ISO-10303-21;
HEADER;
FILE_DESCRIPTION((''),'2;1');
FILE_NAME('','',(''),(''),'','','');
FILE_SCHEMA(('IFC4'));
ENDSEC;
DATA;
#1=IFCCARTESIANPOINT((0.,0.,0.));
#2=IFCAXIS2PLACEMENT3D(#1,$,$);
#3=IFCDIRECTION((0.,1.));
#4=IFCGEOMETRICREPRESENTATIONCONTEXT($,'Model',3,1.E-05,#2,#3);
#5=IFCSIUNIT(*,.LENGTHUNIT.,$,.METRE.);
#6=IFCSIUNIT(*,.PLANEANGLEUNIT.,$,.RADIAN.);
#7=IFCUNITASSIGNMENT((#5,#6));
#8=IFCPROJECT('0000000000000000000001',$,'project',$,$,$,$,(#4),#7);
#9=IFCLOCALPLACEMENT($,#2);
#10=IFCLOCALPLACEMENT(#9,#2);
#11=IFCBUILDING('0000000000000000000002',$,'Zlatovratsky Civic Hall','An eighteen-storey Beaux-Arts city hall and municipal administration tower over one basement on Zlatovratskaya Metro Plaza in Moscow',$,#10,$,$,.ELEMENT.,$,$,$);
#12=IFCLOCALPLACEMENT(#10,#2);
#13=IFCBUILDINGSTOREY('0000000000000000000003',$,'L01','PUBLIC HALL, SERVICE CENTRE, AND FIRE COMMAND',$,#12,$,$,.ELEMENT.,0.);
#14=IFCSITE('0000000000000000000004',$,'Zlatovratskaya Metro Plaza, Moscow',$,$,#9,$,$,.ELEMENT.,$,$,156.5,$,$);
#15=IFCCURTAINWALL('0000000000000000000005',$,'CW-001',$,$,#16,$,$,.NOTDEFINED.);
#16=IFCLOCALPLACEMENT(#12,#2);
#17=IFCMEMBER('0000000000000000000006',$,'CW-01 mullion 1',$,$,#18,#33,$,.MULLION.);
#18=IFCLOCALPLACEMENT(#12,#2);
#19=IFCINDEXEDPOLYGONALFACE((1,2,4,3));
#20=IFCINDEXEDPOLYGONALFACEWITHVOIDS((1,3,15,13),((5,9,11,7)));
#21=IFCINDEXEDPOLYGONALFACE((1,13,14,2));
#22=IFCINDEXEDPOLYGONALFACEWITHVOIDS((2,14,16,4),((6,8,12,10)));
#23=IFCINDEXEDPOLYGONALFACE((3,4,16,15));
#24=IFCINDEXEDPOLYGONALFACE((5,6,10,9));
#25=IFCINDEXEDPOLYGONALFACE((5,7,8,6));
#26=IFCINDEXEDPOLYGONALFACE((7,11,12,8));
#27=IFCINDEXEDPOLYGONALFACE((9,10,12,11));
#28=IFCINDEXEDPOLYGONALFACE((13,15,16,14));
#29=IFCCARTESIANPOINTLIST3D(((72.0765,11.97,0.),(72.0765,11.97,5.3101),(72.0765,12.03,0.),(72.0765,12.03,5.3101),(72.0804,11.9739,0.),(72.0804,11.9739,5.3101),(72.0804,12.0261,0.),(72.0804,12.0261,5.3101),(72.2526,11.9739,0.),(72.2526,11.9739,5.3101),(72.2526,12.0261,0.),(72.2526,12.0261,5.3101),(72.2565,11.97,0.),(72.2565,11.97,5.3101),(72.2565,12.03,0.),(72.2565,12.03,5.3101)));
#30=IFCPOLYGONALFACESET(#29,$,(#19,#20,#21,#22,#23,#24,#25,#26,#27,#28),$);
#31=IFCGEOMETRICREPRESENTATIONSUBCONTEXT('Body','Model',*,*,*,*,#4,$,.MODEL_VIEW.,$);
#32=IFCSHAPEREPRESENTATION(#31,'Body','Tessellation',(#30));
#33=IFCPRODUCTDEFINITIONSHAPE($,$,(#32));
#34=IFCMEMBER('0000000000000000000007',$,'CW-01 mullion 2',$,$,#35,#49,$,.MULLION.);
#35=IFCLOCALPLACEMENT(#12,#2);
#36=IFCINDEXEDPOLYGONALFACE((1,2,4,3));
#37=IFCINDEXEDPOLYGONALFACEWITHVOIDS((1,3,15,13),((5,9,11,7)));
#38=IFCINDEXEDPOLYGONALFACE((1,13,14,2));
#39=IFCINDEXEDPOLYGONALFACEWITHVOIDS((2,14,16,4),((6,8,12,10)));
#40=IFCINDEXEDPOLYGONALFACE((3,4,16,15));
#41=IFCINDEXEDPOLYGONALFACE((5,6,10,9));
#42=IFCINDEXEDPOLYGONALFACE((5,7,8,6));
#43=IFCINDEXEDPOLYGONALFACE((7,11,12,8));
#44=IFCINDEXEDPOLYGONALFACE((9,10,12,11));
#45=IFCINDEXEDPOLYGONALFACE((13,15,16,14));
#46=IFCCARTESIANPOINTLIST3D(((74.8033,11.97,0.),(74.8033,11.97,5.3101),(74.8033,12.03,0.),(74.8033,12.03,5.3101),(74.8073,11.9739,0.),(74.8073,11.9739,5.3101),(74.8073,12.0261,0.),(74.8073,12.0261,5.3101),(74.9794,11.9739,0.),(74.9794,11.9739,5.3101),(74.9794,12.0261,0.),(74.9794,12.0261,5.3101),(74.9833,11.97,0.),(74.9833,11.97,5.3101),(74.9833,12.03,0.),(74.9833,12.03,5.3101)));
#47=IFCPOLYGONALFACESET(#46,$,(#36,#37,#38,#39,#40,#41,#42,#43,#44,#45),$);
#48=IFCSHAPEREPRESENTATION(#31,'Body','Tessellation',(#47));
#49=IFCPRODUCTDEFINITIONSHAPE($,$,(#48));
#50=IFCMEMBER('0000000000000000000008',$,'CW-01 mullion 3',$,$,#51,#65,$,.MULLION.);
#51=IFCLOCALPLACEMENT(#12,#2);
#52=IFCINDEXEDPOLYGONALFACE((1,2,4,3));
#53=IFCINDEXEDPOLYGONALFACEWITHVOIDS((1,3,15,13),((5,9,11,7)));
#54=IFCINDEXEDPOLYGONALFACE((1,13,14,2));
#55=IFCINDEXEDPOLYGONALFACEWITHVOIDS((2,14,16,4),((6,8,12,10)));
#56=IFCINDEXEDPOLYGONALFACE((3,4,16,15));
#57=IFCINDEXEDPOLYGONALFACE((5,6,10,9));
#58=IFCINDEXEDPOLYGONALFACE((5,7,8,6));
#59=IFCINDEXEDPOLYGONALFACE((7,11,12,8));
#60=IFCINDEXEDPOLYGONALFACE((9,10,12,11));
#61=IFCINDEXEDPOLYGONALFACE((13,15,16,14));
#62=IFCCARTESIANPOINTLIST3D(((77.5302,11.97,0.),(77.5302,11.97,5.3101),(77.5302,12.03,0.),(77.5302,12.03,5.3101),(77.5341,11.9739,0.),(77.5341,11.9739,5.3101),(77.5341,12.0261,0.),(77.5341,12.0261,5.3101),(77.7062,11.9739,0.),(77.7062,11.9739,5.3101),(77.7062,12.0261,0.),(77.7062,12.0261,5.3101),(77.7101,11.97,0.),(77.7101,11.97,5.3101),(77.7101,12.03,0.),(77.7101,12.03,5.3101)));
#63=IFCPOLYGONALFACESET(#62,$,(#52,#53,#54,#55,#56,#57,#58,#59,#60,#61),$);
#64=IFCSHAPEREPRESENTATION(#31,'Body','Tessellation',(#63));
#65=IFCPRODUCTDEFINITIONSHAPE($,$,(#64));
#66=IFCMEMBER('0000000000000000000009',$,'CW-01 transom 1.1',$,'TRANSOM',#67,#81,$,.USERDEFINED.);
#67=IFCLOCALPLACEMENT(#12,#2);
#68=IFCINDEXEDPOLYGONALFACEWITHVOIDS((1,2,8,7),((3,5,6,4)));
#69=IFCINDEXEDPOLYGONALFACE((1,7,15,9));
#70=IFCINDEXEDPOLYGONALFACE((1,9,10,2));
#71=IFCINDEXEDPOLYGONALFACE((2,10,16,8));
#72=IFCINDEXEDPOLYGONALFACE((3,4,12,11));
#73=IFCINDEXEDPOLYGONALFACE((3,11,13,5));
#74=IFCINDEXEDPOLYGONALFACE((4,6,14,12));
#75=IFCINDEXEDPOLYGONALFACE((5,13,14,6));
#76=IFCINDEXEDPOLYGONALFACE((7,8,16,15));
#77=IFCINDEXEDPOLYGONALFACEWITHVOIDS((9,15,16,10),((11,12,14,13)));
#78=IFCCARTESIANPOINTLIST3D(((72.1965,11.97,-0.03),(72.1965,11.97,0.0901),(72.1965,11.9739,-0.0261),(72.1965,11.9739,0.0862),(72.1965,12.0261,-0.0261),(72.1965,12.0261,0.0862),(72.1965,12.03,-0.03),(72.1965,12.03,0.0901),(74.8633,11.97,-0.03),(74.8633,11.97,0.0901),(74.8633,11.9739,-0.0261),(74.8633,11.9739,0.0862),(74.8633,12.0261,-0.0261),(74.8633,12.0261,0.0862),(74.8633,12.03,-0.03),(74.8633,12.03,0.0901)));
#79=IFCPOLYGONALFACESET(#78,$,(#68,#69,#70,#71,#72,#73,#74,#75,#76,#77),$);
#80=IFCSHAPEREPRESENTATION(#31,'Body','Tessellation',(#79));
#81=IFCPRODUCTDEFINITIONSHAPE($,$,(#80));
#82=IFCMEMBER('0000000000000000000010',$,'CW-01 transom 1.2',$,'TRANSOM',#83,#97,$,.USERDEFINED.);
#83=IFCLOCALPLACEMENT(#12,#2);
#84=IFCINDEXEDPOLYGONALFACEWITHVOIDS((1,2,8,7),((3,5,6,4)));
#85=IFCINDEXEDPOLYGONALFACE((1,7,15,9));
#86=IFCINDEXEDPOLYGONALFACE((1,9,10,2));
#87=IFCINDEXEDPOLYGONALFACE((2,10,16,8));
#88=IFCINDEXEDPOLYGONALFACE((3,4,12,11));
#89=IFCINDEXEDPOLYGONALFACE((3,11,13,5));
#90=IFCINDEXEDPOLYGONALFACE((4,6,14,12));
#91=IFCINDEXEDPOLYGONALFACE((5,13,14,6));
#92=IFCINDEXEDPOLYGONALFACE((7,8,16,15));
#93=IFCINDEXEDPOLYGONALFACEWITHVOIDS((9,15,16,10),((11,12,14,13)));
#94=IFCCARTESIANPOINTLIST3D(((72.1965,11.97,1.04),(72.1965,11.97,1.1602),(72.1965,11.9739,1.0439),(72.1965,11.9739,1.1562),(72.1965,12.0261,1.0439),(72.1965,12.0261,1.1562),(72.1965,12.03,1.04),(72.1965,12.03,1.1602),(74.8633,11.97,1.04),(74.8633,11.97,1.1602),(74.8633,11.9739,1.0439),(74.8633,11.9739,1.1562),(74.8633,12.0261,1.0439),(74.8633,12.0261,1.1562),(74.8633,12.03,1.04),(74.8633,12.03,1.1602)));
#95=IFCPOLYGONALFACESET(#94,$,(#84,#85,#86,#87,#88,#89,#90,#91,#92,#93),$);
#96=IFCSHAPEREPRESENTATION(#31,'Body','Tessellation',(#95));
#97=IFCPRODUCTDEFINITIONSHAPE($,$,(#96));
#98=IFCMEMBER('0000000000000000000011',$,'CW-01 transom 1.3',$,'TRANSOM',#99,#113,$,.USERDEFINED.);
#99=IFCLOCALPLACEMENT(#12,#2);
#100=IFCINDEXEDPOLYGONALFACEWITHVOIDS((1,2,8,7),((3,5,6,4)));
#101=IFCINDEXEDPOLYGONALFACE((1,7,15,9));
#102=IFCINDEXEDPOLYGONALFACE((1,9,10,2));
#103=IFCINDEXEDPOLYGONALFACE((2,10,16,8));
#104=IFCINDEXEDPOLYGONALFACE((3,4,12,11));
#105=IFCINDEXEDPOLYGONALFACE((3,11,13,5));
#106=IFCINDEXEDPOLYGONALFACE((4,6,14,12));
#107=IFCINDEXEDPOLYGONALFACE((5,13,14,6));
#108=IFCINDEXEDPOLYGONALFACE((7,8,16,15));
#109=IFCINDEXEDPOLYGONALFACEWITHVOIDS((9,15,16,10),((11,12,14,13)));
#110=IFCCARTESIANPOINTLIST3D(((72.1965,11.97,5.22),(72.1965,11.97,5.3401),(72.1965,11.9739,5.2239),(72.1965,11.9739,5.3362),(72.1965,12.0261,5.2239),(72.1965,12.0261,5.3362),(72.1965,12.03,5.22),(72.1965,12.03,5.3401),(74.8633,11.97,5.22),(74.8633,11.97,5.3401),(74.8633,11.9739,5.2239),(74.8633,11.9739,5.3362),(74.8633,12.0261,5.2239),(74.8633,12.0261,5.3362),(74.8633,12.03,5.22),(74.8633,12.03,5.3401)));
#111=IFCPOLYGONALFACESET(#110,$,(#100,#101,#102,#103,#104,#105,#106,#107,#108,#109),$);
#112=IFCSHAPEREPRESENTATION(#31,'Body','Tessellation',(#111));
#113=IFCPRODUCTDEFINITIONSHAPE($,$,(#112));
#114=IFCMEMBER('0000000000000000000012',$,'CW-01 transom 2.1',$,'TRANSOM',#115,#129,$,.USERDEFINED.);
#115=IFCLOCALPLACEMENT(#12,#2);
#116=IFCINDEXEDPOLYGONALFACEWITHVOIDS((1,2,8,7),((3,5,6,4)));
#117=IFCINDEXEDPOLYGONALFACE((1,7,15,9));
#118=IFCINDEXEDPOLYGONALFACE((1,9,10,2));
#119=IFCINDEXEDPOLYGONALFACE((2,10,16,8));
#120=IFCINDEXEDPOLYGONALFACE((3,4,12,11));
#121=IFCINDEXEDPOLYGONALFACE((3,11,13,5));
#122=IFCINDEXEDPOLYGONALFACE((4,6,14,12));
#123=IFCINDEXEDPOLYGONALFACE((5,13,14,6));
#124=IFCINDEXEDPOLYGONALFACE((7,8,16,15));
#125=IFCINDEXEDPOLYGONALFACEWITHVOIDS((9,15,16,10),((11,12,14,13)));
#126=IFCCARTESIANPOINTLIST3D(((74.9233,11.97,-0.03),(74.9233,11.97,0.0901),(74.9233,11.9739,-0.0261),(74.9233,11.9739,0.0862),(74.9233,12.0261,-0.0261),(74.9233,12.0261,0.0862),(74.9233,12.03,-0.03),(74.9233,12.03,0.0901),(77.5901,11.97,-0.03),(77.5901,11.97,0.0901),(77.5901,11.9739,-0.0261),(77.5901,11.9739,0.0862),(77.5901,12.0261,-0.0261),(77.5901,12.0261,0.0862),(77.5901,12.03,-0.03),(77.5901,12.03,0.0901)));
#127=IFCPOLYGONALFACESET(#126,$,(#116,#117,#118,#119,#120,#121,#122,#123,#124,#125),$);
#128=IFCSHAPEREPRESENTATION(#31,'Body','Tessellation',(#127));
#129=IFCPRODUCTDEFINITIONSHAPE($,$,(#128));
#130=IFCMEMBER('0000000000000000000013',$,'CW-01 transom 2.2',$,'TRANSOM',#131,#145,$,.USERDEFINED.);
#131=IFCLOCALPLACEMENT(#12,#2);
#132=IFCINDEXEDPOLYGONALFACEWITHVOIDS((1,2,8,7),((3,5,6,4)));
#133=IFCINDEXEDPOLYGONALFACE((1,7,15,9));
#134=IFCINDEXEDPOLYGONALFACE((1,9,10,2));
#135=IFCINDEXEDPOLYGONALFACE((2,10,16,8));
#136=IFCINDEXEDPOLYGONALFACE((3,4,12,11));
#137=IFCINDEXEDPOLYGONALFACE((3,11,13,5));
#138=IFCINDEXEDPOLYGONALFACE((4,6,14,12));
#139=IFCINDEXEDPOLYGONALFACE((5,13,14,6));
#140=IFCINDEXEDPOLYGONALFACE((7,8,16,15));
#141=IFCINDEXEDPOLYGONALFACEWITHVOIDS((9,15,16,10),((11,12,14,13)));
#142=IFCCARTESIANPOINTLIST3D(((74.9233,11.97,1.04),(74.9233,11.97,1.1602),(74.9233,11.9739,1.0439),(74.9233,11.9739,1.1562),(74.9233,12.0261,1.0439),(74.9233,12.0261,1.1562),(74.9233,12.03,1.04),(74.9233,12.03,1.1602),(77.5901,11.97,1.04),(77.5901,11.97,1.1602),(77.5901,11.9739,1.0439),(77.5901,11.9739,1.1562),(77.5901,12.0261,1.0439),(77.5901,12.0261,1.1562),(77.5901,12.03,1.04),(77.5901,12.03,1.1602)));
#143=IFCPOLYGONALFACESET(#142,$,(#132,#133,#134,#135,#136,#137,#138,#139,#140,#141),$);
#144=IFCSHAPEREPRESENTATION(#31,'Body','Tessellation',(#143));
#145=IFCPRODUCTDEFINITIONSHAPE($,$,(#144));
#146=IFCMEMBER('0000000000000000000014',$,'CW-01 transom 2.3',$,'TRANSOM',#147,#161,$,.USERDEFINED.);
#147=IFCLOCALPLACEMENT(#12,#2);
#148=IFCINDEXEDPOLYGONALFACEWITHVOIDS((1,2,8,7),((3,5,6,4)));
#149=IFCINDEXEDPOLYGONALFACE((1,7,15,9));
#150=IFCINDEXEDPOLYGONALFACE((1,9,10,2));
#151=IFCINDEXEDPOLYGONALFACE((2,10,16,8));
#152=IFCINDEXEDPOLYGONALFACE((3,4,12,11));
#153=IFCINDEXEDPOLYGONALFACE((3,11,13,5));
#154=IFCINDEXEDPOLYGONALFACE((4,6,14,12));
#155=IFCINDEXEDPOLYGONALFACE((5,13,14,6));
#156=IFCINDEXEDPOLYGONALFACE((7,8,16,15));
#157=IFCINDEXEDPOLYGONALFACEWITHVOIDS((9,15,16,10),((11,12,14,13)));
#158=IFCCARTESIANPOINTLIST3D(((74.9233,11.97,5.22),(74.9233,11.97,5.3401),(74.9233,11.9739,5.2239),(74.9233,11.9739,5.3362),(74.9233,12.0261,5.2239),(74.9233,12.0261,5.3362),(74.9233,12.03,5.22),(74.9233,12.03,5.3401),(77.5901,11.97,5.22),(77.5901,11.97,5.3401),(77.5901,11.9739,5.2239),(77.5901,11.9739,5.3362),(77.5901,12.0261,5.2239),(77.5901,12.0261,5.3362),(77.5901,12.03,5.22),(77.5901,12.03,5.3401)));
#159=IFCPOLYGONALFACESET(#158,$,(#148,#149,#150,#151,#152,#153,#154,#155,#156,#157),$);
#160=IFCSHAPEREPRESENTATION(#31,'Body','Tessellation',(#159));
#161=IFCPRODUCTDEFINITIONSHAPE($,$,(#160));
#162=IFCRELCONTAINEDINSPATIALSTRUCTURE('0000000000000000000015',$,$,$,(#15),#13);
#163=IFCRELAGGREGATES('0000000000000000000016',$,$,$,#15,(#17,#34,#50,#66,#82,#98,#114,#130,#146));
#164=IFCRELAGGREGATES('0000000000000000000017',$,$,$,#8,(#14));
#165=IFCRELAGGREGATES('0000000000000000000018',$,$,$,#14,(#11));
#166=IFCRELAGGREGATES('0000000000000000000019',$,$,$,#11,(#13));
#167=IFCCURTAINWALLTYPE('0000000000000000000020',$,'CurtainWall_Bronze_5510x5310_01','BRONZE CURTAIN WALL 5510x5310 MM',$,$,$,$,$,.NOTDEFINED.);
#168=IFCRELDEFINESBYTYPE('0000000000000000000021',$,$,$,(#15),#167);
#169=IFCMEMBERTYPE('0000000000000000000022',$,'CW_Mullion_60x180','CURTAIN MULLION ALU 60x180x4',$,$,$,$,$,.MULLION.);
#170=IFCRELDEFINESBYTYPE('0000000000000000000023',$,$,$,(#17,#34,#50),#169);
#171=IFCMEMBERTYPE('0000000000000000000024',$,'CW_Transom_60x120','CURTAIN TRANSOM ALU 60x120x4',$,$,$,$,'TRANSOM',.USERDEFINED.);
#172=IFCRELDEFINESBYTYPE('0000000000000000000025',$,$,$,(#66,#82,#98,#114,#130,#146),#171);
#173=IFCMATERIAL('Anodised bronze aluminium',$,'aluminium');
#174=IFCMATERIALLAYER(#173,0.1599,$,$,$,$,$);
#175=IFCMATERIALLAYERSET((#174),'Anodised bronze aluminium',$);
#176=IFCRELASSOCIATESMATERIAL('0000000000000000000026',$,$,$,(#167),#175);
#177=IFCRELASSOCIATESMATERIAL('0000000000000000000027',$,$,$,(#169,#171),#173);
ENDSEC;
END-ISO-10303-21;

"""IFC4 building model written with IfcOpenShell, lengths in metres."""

from ifc_helpers import new_model, si_unit, direction, frame, origin, origin_2d, place, context, subcontext, project, spatial, hollow_rectangle, extrude, material, layer, layer_set, material_profile, profile_set, type_object, element, aggregate, save


model = new_model("IFC4")

# Units and contexts
model_context = context("Model", 3, precision=1e-05, world=origin(), true_north=direction((0.0, 1.0)))
body_context = subcontext(model_context, "Body", "Model", "MODEL_VIEW")
ifc_project = project(units=[si_unit("LENGTHUNIT", "METRE"), si_unit("PLANEANGLEUNIT", "RADIAN")], contexts=[model_context])

# Site, building, storey
site_placement = place(None, origin())
site = spatial("IfcSite", under=ifc_project, at=site_placement, Name="Zlatovratskaya Metro Plaza, Moscow", CompositionType="ELEMENT", RefElevation=156.5)
building_placement = place(site_placement, origin())
building = spatial("IfcBuilding", under=site, at=building_placement, Name="Zlatovratsky Civic Hall", Description="An eighteen-storey Beaux-Arts city hall and municipal administration tower over one basement on Zlatovratskaya Metro Plaza in Moscow", CompositionType="ELEMENT")
storey_placement = place(building_placement, origin())
storey = spatial("IfcBuildingStorey", under=building, at=storey_placement, Name="L01", Description="PUBLIC HALL, SERVICE CENTRE, AND FIRE COMMAND", CompositionType="ELEMENT", Elevation=0.0)

# Curtain wall, members
ifc_material_1 = material(Name="Anodised bronze aluminium", Category="aluminium")
ifc_layer_1 = layer(ifc_material_1, 0.1599)
ifc_layer_set_1 = layer_set([ifc_layer_1], Name="Anodised bronze aluminium")
curtain_wall_type = type_object("IfcCurtainWallType", Name="CurtainWall_Bronze_5510x5310_01", Description="BRONZE CURTAIN WALL 5510x5310 MM", PredefinedType="NOTDEFINED", material=ifc_layer_set_1)
curtain_wall_placement = place(storey_placement, origin())
curtain_wall = element("IfcCurtainWall", 1, at=curtain_wall_placement, inside=storey, type_object=curtain_wall_type, Name="CW-001", PredefinedType="NOTDEFINED")
ifc_material_profile_1 = material_profile(ifc_material_1, hollow_rectangle(XDim=0.0601, YDim=0.1799, WallThickness=0.0039, at=origin_2d()), Name="ALU 60x180x4")
ifc_profile_set_1 = profile_set([ifc_material_profile_1], Name="Anodised bronze aluminium")
member_type_1 = type_object("IfcMemberType", Name="CW_Mullion_60x180", Description="CURTAIN MULLION ALU 60x180x4", PredefinedType="MULLION", material=ifc_profile_set_1)
member_1_placement = place(storey_placement, frame((72.1665, 12.0, 0.0), z_axis=(0.0, 0.0, 1.0), x_axis=(0.0, 1.0, 0.0)))
member_1 = element("IfcMember", 2, at=member_1_placement, type_object=member_type_1, Name="CW-01 mullion 1", PredefinedType="MULLION", context=body_context, shape_type="SweptSolid", body=[
    extrude(hollow_rectangle(XDim=0.0601, YDim=0.1799, WallThickness=0.0039, at=origin_2d()), origin(), (0.0, 0.0, 1.0), 5.3101),
])
member_2_placement = place(storey_placement, frame((74.8933, 12.0, 0.0), z_axis=(0.0, 0.0, 1.0), x_axis=(0.0, 1.0, 0.0)))
member_2 = element("IfcMember", 3, at=member_2_placement, type_object=member_type_1, Name="CW-01 mullion 2", PredefinedType="MULLION", context=body_context, shape_type="SweptSolid", body=[
    extrude(hollow_rectangle(XDim=0.0601, YDim=0.1799, WallThickness=0.0039, at=origin_2d()), origin(), (0.0, 0.0, 1.0), 5.3101),
])
member_3_placement = place(storey_placement, frame((77.6201, 12.0, 0.0), z_axis=(0.0, 0.0, 1.0), x_axis=(0.0, 1.0, 0.0)))
member_3 = element("IfcMember", 4, at=member_3_placement, type_object=member_type_1, Name="CW-01 mullion 3", PredefinedType="MULLION", context=body_context, shape_type="SweptSolid", body=[
    extrude(hollow_rectangle(XDim=0.0601, YDim=0.1799, WallThickness=0.0039, at=origin_2d()), origin(), (0.0, 0.0, 1.0), 5.3101),
])
ifc_material_profile_2 = material_profile(ifc_material_1, hollow_rectangle(XDim=0.0601, YDim=0.1201, WallThickness=0.0039, at=origin_2d()), Name="ALU 60x120x4")
ifc_profile_set_2 = profile_set([ifc_material_profile_2], Name="Anodised bronze aluminium")
member_type_2 = type_object("IfcMemberType", Name="CW_Transom_60x120", Description="CURTAIN TRANSOM ALU 60x120x4", ElementType="TRANSOM", PredefinedType="USERDEFINED", material=ifc_profile_set_2)
member_4_placement = place(storey_placement, frame((72.1965, 12.0, 0.03), z_axis=(1.0, 0.0, 0.0), x_axis=(0.0, 1.0, 0.0)))
member_4 = element("IfcMember", 5, at=member_4_placement, type_object=member_type_2, Name="CW-01 transom 1.1", ObjectType="TRANSOM", PredefinedType="USERDEFINED", context=body_context, shape_type="SweptSolid", body=[
    extrude(hollow_rectangle(XDim=0.0601, YDim=0.1201, WallThickness=0.0039, at=origin_2d()), origin(), (0.0, 0.0, 1.0), 2.6667),
])
member_5_placement = place(storey_placement, frame((72.1965, 12.0, 1.1001), z_axis=(1.0, 0.0, 0.0), x_axis=(0.0, 1.0, 0.0)))
member_5 = element("IfcMember", 6, at=member_5_placement, type_object=member_type_2, Name="CW-01 transom 1.2", ObjectType="TRANSOM", PredefinedType="USERDEFINED", context=body_context, shape_type="SweptSolid", body=[
    extrude(hollow_rectangle(XDim=0.0601, YDim=0.1201, WallThickness=0.0039, at=origin_2d()), origin(), (0.0, 0.0, 1.0), 2.6667),
])
member_6_placement = place(storey_placement, frame((72.1965, 12.0, 5.28), z_axis=(1.0, 0.0, 0.0), x_axis=(0.0, 1.0, 0.0)))
member_6 = element("IfcMember", 7, at=member_6_placement, type_object=member_type_2, Name="CW-01 transom 1.3", ObjectType="TRANSOM", PredefinedType="USERDEFINED", context=body_context, shape_type="SweptSolid", body=[
    extrude(hollow_rectangle(XDim=0.0601, YDim=0.1201, WallThickness=0.0039, at=origin_2d()), origin(), (0.0, 0.0, 1.0), 2.6667),
])
member_7_placement = place(storey_placement, frame((74.9233, 12.0, 0.03), z_axis=(1.0, 0.0, 0.0), x_axis=(0.0, 1.0, 0.0)))
member_7 = element("IfcMember", 8, at=member_7_placement, type_object=member_type_2, Name="CW-01 transom 2.1", ObjectType="TRANSOM", PredefinedType="USERDEFINED", context=body_context, shape_type="SweptSolid", body=[
    extrude(hollow_rectangle(XDim=0.0601, YDim=0.1201, WallThickness=0.0039, at=origin_2d()), origin(), (0.0, 0.0, 1.0), 2.6667),
])
member_8_placement = place(storey_placement, frame((74.9233, 12.0, 1.1001), z_axis=(1.0, 0.0, 0.0), x_axis=(0.0, 1.0, 0.0)))
member_8 = element("IfcMember", 9, at=member_8_placement, type_object=member_type_2, Name="CW-01 transom 2.2", ObjectType="TRANSOM", PredefinedType="USERDEFINED", context=body_context, shape_type="SweptSolid", body=[
    extrude(hollow_rectangle(XDim=0.0601, YDim=0.1201, WallThickness=0.0039, at=origin_2d()), origin(), (0.0, 0.0, 1.0), 2.6667),
])
member_9_placement = place(storey_placement, frame((74.9233, 12.0, 5.28), z_axis=(1.0, 0.0, 0.0), x_axis=(0.0, 1.0, 0.0)))
member_9 = element("IfcMember", 10, at=member_9_placement, type_object=member_type_2, Name="CW-01 transom 2.3", ObjectType="TRANSOM", PredefinedType="USERDEFINED", context=body_context, shape_type="SweptSolid", body=[
    extrude(hollow_rectangle(XDim=0.0601, YDim=0.1201, WallThickness=0.0039, at=origin_2d()), origin(), (0.0, 0.0, 1.0), 2.6667),
])

aggregate(curtain_wall, [member_1, member_2, member_3, member_4, member_5, member_6, member_7, member_8, member_9])

save(model, "model.ifc")
